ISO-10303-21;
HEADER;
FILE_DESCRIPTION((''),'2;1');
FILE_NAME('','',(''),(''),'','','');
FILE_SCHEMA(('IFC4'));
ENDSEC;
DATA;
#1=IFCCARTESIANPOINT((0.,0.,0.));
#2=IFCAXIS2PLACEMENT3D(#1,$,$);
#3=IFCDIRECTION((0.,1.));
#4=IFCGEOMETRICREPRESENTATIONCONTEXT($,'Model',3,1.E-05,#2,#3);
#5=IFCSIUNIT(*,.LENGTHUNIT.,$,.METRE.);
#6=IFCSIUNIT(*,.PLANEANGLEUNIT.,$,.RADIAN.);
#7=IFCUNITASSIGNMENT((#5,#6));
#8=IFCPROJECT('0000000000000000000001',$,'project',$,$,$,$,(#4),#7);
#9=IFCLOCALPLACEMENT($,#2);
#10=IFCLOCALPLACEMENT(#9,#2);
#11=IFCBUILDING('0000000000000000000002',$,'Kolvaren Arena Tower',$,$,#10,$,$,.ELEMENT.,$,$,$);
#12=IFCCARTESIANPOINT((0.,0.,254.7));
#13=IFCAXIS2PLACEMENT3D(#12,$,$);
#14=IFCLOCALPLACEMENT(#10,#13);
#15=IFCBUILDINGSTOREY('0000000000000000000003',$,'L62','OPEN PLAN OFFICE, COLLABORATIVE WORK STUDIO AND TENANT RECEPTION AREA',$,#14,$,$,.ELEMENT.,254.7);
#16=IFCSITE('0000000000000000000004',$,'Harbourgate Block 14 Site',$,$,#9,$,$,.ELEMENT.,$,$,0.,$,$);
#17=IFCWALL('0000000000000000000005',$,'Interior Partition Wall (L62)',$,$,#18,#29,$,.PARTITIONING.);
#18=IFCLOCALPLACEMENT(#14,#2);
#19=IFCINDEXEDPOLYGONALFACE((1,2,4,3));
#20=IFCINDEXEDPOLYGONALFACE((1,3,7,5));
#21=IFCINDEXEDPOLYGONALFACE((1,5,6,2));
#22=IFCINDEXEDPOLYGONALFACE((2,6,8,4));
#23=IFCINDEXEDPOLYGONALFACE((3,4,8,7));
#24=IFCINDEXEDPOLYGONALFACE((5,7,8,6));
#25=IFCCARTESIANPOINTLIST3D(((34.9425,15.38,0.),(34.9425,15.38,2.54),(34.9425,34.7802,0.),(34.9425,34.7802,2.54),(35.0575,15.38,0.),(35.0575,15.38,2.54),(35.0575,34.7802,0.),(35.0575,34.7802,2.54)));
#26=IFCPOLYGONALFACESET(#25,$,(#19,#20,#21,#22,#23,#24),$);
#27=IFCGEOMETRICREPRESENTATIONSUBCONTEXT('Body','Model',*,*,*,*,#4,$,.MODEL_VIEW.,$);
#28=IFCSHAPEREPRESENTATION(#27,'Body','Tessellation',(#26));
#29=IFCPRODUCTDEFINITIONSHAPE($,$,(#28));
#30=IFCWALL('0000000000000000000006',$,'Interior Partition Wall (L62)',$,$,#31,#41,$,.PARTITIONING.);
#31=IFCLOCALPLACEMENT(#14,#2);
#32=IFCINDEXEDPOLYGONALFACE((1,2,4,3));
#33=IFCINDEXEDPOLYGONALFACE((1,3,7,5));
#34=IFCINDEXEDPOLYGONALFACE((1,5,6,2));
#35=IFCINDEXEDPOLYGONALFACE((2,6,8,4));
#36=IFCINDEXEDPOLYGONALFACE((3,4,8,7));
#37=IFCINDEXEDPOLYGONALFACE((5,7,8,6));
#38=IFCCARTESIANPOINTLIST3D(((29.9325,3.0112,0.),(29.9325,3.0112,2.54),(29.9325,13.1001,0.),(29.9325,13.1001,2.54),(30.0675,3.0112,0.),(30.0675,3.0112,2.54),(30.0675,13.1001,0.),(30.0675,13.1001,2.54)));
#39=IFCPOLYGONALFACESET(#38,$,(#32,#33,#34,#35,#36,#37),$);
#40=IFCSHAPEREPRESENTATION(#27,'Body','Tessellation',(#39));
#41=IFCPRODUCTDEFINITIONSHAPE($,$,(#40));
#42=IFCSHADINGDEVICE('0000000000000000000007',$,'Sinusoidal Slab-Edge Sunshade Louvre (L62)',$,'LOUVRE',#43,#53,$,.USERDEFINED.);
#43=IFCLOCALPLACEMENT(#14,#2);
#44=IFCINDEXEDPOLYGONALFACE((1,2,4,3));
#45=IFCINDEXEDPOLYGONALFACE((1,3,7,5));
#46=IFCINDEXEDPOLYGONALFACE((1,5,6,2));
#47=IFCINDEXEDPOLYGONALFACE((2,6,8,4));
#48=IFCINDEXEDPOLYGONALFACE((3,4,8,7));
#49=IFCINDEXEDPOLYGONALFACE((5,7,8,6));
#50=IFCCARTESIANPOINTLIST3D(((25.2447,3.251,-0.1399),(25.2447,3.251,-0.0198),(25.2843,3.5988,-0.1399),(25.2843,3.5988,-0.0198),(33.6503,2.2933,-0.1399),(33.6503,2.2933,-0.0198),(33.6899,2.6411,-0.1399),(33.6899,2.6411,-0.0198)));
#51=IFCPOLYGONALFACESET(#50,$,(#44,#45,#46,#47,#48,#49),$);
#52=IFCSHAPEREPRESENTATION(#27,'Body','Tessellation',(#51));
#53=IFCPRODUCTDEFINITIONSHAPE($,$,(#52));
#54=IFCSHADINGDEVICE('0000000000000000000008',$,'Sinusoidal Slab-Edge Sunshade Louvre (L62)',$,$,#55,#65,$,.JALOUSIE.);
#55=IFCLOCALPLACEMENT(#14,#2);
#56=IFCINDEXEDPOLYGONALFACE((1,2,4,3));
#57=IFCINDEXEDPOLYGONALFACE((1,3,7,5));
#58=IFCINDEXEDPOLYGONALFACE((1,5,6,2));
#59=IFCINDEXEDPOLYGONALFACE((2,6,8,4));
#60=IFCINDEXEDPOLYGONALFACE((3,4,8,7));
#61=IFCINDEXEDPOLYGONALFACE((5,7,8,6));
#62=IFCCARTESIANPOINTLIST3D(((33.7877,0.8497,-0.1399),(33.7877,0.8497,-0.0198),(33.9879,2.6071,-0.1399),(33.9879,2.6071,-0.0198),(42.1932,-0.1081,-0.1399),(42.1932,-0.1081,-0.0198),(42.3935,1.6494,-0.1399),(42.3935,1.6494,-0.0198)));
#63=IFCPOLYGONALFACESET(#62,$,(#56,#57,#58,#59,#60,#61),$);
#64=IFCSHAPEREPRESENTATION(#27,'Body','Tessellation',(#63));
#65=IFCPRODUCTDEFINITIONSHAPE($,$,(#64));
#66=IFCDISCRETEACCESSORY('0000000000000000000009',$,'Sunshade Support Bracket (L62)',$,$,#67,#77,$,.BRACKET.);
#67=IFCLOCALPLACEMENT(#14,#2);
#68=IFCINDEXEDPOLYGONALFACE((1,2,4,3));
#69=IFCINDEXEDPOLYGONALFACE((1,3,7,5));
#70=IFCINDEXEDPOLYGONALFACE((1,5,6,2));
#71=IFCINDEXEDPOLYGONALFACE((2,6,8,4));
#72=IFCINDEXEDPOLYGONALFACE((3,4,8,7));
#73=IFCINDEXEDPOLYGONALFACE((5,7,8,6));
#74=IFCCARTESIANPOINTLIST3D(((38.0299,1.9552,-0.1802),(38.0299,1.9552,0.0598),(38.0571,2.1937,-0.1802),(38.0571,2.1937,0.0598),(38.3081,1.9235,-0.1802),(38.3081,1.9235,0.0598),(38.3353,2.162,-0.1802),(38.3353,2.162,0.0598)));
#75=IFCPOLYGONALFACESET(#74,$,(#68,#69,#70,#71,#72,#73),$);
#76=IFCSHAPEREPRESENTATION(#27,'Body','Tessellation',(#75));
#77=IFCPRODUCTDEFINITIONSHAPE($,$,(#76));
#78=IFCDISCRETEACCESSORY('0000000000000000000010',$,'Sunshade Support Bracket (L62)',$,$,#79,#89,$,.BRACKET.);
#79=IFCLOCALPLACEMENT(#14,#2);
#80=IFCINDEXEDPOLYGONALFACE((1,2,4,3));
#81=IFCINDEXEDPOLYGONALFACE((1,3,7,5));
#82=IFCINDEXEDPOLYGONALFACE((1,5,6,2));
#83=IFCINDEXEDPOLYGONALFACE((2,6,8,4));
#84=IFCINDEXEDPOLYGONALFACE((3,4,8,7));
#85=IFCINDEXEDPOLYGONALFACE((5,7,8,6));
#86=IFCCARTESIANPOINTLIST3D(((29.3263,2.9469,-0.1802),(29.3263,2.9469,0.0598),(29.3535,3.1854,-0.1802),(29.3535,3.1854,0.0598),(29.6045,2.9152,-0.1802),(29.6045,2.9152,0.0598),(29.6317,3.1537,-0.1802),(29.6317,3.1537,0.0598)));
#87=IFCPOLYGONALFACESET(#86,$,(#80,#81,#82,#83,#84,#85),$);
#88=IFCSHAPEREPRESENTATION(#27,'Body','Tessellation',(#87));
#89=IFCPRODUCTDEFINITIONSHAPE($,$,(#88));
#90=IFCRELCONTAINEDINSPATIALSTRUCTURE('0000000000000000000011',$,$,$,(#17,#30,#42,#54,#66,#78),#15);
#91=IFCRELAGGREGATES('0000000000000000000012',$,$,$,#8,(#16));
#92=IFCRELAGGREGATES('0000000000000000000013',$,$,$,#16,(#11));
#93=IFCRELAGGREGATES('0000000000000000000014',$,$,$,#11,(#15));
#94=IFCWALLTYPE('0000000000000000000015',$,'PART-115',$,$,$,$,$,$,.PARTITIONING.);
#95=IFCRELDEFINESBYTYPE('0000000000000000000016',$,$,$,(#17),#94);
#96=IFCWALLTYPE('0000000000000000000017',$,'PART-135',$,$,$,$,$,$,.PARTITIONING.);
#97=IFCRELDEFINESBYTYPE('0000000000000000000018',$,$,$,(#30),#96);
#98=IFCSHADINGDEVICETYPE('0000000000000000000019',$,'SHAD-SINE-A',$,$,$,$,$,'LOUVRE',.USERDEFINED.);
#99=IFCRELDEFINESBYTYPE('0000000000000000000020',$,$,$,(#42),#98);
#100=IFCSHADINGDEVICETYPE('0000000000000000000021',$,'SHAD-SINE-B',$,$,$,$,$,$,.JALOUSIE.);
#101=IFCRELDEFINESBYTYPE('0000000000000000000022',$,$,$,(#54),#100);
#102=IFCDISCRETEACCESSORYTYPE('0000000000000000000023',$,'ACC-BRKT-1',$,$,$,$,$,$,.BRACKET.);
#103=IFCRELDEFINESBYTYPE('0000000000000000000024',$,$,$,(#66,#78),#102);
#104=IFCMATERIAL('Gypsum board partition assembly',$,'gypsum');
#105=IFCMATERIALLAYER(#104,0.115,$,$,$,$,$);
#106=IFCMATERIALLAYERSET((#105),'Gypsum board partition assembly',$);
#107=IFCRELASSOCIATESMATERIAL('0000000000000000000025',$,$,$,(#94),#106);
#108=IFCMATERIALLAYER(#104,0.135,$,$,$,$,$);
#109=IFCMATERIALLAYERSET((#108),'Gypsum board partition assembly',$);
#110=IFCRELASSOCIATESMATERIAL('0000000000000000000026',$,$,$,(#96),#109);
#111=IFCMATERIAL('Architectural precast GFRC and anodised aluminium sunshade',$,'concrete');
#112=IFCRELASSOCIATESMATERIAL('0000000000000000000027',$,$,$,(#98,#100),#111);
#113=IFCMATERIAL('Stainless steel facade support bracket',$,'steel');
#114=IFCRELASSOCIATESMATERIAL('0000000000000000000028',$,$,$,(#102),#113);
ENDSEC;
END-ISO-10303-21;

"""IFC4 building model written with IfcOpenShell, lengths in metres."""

from ifc_helpers import new_model, si_unit, direction, frame, frame_2d, origin, origin_2d, place, context, subcontext, project, spatial, rectangle, extrude, material, layer, layer_set, type_object, element, save


model = new_model("IFC4")

# Units and contexts
model_context = context("Model", 3, precision=1e-05, world=origin(), true_north=direction((0.0, 1.0)))
body_context = subcontext(model_context, "Body", "Model", "MODEL_VIEW")
ifc_project = project(units=[si_unit("LENGTHUNIT", "METRE"), si_unit("PLANEANGLEUNIT", "RADIAN")], contexts=[model_context])

# Site, building, storey
site_placement = place(None, origin())
site = spatial("IfcSite", under=ifc_project, at=site_placement, Name="Harbourgate Block 14 Site", CompositionType="ELEMENT", RefElevation=0.0)
building_placement = place(site_placement, origin())
building = spatial("IfcBuilding", under=site, at=building_placement, Name="Kolvaren Arena Tower", CompositionType="ELEMENT")
storey_placement = place(building_placement, frame((0.0, 0.0, 254.7)))
storey = spatial("IfcBuildingStorey", under=building, at=storey_placement, Name="L62", Description="OPEN PLAN OFFICE, COLLABORATIVE WORK STUDIO AND TENANT RECEPTION AREA", CompositionType="ELEMENT", Elevation=254.7)

# Walls
ifc_material_1 = material(Name="Gypsum board partition assembly", Category="gypsum")
ifc_layer_1 = layer(ifc_material_1, 0.115)
ifc_layer_set_1 = layer_set([ifc_layer_1], Name="Gypsum board partition assembly")
wall_type_1 = type_object("IfcWallType", Name="PART-115", PredefinedType="PARTITIONING", material=ifc_layer_set_1)
wall_1_placement = place(storey_placement, frame((35.0, 15.3799, 0.0), z_axis=(0.0, 0.0, 1.0), x_axis=(0.0, 1.0, 0.0)))
element("IfcWall", 1, at=wall_1_placement, inside=storey, type_object=wall_type_1, Name="Interior Partition Wall (L62)", PredefinedType="PARTITIONING", context=body_context, shape_type="SweptSolid", body=[
    extrude(rectangle(XDim=19.4001, YDim=0.115, at=frame_2d((9.7002, 0.0))), origin(), (0.0, 0.0, 1.0), 2.54),
])
ifc_layer_2 = layer(ifc_material_1, 0.135)
ifc_layer_set_2 = layer_set([ifc_layer_2], Name="Gypsum board partition assembly")
wall_type_2 = type_object("IfcWallType", Name="PART-135", PredefinedType="PARTITIONING", material=ifc_layer_set_2)
wall_2_placement = place(storey_placement, frame((30.0, 3.0112, 0.0), z_axis=(0.0, 0.0, 1.0), x_axis=(0.0, 1.0, 0.0)))
element("IfcWall", 2, at=wall_2_placement, inside=storey, type_object=wall_type_2, Name="Interior Partition Wall (L62)", PredefinedType="PARTITIONING", context=body_context, shape_type="SweptSolid", body=[
    extrude(rectangle(XDim=10.0889, YDim=0.135, at=frame_2d((5.0444, 0.0))), origin(), (0.0, 0.0, 1.0), 2.54),
])

# Shading devices
ifc_material_2 = material(Name="Architectural precast GFRC and anodised aluminium sunshade", Category="concrete")
shading_device_type_1 = type_object("IfcShadingDeviceType", Name="SHAD-SINE-A", ElementType="LOUVRE", PredefinedType="USERDEFINED", material=ifc_material_2)
shading_device_1_placement = place(storey_placement, frame((29.4673, 2.946, -0.1399), z_axis=(0.0, 0.0, 1.0), x_axis=(-0.993572, 0.113205, 0.0)))
element("IfcShadingDevice", 3, at=shading_device_1_placement, inside=storey, type_object=shading_device_type_1, Name="Sinusoidal Slab-Edge Sunshade Louvre (L62)", ObjectType="LOUVRE", PredefinedType="USERDEFINED", context=body_context, shape_type="SweptSolid", body=[
    extrude(rectangle(XDim=8.46, YDim=0.3501, at=origin_2d()), origin(), (0.0, 0.0, 1.0), 0.1201),
])
shading_device_type_2 = type_object("IfcShadingDeviceType", Name="SHAD-SINE-B", PredefinedType="JALOUSIE", material=ifc_material_2)
shading_device_2_placement = place(storey_placement, frame((38.0906, 1.2495, -0.1399), z_axis=(0.0, 0.0, 1.0), x_axis=(-0.993572, 0.113205, 0.0)))
element("IfcShadingDevice", 4, at=shading_device_2_placement, inside=storey, type_object=shading_device_type_2, Name="Sinusoidal Slab-Edge Sunshade Louvre (L62)", PredefinedType="JALOUSIE", context=body_context, shape_type="SweptSolid", body=[
    extrude(rectangle(XDim=8.46, YDim=1.7688, at=origin_2d()), origin(), (0.0, 0.0, 1.0), 0.1201),
])

# Discrete accessories
ifc_material_3 = material(Name="Stainless steel facade support bracket", Category="steel")
discrete_accessory_type = type_object("IfcDiscreteAccessoryType", Name="ACC-BRKT-1", PredefinedType="BRACKET", material=ifc_material_3)
for number, where, z_axis, x_axis, name in (
    (5, (38.1826, 2.0586, -0.1802), (0.0, 0.0, 1.0), (-0.993572, 0.113205, 0.0), "Sunshade Support Bracket (L62)"),
    (6, (29.479, 3.0503, -0.1802), (0.0, 0.0, 1.0), (-0.993572, 0.113205, 0.0), "Sunshade Support Bracket (L62)"),
):
    element("IfcDiscreteAccessory", number, at=place(storey_placement, frame(where, z_axis=z_axis, x_axis=x_axis)), inside=storey, type_object=discrete_accessory_type, Name=name, PredefinedType="BRACKET", context=body_context, shape_type="SweptSolid", body=[
        extrude(rectangle(XDim=0.28, YDim=0.24, at=origin_2d()), origin(), (0.0, 0.0, 1.0), 0.24),
    ])

save(model, "model.ifc")
